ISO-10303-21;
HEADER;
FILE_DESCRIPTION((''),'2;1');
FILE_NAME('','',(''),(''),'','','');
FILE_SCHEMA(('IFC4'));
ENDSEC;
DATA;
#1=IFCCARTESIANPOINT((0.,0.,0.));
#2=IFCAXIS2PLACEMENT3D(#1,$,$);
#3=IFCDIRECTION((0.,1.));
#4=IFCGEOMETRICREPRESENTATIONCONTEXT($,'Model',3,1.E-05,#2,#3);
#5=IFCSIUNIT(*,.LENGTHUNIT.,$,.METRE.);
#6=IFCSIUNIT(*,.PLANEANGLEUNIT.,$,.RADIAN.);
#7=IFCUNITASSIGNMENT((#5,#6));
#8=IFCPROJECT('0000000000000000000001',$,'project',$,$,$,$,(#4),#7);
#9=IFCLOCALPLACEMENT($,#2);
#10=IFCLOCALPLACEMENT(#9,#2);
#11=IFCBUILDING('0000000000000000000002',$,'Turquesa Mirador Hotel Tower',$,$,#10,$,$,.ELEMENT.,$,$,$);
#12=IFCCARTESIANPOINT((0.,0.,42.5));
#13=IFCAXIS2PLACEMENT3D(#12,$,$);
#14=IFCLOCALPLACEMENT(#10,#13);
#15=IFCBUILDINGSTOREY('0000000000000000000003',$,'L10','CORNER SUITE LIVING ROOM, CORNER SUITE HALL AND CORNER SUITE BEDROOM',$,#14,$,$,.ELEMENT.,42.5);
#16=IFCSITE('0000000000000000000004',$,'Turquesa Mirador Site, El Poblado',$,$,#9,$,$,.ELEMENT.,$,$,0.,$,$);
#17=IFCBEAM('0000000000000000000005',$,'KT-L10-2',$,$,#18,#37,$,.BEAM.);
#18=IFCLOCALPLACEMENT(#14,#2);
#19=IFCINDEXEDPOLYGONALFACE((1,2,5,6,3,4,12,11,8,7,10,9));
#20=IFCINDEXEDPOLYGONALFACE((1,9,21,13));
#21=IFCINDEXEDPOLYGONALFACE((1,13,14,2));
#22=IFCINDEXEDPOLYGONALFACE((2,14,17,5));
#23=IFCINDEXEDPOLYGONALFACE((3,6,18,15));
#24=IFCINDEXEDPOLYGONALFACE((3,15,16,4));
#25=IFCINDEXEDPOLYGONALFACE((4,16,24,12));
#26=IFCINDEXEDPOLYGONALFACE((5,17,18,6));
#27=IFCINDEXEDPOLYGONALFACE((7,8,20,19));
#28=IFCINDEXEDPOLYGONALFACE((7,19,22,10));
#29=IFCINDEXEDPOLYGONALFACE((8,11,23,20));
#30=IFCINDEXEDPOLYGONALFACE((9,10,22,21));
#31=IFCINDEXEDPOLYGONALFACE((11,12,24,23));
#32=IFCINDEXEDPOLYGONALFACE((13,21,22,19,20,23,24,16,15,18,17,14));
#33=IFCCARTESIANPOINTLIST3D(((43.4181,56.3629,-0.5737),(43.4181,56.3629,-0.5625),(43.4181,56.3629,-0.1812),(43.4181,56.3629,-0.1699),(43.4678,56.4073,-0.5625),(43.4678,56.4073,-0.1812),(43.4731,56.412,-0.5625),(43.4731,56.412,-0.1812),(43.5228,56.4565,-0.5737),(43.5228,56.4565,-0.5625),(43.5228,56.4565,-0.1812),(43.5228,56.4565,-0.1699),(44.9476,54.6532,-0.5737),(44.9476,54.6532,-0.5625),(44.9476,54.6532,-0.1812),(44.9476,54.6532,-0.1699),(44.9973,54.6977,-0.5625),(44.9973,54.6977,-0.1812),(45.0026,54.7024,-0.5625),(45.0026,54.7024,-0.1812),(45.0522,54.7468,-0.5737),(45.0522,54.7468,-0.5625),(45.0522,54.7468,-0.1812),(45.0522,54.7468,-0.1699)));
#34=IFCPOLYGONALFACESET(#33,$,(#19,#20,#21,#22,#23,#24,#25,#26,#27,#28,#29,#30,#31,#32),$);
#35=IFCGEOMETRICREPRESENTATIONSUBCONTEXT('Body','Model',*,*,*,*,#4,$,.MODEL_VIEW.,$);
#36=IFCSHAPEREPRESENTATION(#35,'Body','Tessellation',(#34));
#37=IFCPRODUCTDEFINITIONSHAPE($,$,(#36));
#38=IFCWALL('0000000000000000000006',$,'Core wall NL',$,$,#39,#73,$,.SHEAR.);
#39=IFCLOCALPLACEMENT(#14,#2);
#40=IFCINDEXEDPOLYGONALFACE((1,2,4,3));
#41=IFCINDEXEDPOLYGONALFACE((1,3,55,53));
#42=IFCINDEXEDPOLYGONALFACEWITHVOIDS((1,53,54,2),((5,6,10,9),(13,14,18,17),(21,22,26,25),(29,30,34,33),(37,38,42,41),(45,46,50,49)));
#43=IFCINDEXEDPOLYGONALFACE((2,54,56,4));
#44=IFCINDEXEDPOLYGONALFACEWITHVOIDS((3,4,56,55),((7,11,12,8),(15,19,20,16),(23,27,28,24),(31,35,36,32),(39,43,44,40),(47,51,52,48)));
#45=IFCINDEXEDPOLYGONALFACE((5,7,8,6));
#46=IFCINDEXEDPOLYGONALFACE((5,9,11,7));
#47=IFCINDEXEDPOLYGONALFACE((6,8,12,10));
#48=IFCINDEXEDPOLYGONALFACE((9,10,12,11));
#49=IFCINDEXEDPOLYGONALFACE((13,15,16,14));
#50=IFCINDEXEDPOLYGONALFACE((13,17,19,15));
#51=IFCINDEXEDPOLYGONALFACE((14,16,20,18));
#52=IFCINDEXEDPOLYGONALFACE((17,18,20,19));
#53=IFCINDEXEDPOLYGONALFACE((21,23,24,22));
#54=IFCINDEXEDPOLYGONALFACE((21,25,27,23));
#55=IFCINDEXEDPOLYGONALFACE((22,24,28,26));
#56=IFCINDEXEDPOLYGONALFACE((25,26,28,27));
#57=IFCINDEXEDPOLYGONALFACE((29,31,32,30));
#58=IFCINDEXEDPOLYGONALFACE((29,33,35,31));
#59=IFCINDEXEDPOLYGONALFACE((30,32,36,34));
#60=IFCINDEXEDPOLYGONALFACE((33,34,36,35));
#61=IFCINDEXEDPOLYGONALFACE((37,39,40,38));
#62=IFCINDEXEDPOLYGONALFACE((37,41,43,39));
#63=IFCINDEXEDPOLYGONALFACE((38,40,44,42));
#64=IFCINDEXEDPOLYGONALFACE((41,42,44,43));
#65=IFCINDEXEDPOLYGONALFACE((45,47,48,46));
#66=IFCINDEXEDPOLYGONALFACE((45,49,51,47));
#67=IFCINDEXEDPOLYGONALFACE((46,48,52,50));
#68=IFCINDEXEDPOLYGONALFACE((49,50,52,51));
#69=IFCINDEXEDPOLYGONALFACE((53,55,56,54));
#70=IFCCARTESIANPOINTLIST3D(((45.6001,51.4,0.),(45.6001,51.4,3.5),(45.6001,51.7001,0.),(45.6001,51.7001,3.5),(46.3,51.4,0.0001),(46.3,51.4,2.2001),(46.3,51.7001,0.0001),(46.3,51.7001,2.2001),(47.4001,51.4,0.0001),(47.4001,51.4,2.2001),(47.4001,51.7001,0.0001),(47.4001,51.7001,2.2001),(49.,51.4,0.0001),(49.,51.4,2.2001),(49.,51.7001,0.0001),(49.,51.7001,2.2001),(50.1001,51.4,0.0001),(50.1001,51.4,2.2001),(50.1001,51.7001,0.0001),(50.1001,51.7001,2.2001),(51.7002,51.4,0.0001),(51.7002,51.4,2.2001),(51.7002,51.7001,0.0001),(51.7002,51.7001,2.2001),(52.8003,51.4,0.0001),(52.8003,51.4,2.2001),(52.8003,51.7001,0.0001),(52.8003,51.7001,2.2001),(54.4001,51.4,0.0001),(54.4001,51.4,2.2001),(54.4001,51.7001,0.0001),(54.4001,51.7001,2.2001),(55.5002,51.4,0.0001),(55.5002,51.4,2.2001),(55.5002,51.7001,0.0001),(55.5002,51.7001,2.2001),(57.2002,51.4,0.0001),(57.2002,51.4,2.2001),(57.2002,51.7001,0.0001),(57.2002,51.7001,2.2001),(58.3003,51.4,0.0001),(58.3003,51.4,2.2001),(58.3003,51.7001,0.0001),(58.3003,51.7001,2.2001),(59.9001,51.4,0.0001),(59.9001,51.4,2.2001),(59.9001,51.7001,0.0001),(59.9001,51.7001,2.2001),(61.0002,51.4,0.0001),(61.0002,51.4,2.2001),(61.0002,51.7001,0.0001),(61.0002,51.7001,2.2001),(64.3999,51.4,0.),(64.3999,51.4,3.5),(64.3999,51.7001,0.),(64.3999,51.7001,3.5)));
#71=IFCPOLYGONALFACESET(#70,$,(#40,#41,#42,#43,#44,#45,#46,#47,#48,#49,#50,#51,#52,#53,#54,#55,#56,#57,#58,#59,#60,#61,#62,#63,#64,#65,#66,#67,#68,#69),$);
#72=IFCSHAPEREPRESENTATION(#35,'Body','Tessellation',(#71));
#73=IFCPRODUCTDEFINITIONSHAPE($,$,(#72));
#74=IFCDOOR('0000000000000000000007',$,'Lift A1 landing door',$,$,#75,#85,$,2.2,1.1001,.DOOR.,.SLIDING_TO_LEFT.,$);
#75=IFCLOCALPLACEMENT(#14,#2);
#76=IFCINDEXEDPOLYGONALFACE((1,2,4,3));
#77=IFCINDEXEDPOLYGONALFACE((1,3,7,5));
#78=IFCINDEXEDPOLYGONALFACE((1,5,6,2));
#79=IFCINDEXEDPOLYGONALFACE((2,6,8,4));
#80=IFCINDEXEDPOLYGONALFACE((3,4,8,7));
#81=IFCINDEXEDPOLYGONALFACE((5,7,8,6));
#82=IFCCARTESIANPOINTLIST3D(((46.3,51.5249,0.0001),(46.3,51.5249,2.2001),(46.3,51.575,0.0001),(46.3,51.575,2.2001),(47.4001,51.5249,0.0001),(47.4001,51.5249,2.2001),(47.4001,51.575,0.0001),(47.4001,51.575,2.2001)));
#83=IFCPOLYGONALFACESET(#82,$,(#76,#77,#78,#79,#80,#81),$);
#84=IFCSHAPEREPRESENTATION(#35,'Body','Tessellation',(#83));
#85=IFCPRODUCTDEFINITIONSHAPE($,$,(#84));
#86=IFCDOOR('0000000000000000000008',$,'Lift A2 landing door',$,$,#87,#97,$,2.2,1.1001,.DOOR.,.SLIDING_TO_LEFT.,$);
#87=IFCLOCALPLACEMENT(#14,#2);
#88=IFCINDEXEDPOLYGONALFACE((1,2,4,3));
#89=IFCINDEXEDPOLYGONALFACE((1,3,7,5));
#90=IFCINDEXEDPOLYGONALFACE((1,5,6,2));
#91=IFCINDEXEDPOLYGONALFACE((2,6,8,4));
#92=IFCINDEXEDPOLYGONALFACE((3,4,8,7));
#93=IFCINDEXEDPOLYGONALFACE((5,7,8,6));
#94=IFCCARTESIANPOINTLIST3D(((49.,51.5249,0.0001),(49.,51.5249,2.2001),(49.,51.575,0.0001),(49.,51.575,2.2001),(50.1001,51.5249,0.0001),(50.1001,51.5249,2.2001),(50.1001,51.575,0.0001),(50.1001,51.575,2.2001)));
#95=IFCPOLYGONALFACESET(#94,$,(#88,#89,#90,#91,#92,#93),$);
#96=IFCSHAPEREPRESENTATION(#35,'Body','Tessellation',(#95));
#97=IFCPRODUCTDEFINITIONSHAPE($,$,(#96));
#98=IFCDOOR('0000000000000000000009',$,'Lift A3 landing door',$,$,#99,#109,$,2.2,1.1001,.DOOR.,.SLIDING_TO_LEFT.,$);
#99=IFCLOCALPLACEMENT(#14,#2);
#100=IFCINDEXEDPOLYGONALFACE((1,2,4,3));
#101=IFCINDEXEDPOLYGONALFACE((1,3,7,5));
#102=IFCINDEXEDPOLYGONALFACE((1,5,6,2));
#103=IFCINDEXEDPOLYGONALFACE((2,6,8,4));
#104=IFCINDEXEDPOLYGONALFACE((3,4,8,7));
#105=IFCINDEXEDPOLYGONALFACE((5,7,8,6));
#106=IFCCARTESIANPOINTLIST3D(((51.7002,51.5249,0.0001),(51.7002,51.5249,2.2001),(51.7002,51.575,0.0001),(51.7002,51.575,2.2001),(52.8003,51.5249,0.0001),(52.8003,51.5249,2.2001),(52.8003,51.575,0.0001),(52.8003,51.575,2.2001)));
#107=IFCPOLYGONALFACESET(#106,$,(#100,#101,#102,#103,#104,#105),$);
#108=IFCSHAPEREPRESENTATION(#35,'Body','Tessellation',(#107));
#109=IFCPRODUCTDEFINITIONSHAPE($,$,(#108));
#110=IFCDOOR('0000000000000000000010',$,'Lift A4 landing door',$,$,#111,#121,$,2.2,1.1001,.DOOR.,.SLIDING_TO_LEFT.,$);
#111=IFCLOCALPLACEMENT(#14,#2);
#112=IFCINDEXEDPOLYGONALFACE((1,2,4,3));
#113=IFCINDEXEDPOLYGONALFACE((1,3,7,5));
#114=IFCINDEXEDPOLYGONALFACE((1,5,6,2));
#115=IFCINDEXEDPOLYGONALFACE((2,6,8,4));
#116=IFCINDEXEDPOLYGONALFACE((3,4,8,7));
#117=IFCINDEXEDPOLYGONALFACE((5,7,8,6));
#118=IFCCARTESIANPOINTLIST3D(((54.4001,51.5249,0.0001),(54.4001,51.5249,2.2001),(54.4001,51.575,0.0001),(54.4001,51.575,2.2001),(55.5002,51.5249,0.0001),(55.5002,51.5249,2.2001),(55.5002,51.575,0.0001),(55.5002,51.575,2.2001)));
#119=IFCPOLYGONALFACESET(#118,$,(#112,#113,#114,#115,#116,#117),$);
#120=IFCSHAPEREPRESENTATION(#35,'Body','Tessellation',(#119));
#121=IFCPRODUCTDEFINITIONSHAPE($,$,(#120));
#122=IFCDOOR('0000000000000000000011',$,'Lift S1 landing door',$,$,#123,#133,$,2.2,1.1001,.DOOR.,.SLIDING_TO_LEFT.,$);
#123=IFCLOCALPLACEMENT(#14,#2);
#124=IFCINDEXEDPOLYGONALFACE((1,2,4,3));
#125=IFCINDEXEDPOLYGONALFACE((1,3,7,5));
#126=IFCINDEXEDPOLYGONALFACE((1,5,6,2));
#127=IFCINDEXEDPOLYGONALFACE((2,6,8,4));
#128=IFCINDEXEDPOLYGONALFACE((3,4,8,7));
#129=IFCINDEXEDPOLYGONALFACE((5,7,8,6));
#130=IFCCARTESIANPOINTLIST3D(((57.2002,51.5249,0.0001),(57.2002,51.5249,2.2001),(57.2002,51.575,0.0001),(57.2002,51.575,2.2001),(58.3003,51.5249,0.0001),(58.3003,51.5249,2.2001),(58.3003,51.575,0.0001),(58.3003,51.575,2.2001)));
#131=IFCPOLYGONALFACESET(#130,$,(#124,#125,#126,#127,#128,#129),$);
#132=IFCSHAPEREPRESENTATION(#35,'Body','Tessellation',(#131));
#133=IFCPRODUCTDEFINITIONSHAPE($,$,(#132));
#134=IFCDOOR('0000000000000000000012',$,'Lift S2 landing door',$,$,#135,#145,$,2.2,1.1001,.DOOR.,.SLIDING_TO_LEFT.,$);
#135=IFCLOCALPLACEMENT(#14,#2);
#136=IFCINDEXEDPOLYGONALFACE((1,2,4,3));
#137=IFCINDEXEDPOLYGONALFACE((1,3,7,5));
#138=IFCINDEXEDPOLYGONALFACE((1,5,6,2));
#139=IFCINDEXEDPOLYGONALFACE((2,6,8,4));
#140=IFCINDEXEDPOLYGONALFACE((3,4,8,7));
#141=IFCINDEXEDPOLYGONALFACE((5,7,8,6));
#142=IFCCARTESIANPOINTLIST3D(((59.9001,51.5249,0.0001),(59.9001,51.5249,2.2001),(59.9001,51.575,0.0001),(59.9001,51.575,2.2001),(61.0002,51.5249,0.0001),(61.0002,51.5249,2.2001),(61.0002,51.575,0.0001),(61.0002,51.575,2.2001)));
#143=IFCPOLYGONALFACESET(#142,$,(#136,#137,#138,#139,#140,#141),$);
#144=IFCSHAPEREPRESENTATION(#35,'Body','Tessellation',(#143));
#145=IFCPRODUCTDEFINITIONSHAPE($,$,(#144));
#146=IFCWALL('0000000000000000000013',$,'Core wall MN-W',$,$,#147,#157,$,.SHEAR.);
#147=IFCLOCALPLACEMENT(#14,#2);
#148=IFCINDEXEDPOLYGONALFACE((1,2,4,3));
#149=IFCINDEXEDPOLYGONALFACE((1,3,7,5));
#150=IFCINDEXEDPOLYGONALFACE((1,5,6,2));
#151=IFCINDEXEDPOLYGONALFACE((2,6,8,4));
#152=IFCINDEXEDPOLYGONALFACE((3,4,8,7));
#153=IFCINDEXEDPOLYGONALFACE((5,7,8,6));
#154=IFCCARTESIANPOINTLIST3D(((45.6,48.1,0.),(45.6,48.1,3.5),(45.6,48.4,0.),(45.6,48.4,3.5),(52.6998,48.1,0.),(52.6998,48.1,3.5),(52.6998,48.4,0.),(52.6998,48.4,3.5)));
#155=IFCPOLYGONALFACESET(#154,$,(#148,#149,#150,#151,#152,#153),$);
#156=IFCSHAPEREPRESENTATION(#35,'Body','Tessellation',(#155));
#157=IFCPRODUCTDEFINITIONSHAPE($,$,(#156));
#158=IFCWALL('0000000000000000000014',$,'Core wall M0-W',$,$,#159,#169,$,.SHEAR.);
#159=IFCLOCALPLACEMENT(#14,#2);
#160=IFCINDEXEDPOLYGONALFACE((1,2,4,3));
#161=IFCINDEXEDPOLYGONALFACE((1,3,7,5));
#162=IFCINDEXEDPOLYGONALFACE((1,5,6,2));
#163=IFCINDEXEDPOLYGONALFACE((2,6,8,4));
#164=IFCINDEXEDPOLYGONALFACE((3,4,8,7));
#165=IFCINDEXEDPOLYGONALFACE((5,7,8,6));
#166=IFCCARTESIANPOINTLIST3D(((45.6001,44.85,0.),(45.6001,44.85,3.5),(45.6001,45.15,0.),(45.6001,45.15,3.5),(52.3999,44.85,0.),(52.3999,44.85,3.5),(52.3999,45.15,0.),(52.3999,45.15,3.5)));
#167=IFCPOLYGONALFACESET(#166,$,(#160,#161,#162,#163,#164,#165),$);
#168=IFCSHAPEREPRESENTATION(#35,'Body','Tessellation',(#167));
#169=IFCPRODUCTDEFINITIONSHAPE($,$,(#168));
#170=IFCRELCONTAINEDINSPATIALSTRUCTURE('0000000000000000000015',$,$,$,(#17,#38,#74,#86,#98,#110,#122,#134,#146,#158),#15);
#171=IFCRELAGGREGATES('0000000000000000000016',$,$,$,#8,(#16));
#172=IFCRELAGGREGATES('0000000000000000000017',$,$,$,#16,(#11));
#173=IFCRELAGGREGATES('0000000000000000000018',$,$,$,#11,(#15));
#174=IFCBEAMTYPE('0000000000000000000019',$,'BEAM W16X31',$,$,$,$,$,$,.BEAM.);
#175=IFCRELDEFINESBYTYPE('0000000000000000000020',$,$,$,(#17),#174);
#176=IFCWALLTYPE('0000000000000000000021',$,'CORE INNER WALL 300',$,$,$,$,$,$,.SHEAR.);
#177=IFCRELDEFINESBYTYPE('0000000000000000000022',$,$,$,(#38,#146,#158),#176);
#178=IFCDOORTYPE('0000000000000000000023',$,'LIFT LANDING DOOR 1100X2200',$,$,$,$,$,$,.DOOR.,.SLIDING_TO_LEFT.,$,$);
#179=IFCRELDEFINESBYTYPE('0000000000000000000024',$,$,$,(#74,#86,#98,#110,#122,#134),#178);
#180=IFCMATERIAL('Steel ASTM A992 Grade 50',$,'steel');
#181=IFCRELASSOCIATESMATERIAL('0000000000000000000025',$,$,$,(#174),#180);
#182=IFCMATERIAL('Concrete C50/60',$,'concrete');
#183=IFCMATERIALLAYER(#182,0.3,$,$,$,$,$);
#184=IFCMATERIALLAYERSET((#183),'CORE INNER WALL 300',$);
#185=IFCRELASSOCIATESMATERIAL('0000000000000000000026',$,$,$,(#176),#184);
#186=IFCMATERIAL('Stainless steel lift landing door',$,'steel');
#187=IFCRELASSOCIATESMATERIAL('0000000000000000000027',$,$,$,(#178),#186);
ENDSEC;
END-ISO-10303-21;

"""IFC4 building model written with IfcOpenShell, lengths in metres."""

from ifc_helpers import new_model, si_unit, direction, frame, frame_2d, origin, origin_2d, place, context, subcontext, project, spatial, rectangle, i_section, extrude, material, layer, layer_set, material_profile, profile_set, type_object, element, fill, save


model = new_model("IFC4")

# Units and contexts
model_context = context("Model", 3, precision=1e-05, world=origin(), true_north=direction((0.0, 1.0)))
body_context = subcontext(model_context, "Body", "Model", "MODEL_VIEW")
ifc_project = project(units=[si_unit("LENGTHUNIT", "METRE"), si_unit("PLANEANGLEUNIT", "RADIAN")], contexts=[model_context])

# Site, building, storey
site_placement = place(None, origin())
site = spatial("IfcSite", under=ifc_project, at=site_placement, Name="Turquesa Mirador Site, El Poblado", CompositionType="ELEMENT", RefElevation=0.0)
building_placement = place(site_placement, origin())
building = spatial("IfcBuilding", under=site, at=building_placement, Name="Turquesa Mirador Hotel Tower", CompositionType="ELEMENT")
storey_placement = place(building_placement, frame((0.0, 0.0, 42.5)))
storey = spatial("IfcBuildingStorey", under=building, at=storey_placement, Name="L10", Description="CORNER SUITE LIVING ROOM, CORNER SUITE HALL AND CORNER SUITE BEDROOM", CompositionType="ELEMENT", Elevation=42.5)

# Beam
ifc_material_1 = material(Name="Steel ASTM A992 Grade 50", Category="steel")
ifc_material_profile = material_profile(ifc_material_1, i_section(OverallWidth=0.1404, OverallDepth=0.4038, WebThickness=0.0071, FlangeThickness=0.0112, at=origin_2d()), Name="W16X31")
ifc_profile_set = profile_set([ifc_material_profile], Name="Steel ASTM A992 Grade 50")
beam_type = type_object("IfcBeamType", Name="BEAM W16X31", PredefinedType="BEAM", material=ifc_profile_set)
beam_placement = place(storey_placement, frame((43.4705, 56.4097, -0.3718), z_axis=(0.666745, -0.745286, 0.0), x_axis=(0.745286, 0.666745, 0.0)))
element("IfcBeam", 1, at=beam_placement, inside=storey, type_object=beam_type, Name="KT-L10-2", PredefinedType="BEAM", context=body_context, shape_type="SweptSolid", body=[
    extrude(i_section(OverallWidth=0.1404, OverallDepth=0.4038, WebThickness=0.0071, FlangeThickness=0.0112, at=origin_2d()), origin(), (0.0, 0.0, 1.0), 2.2939),
])

# Wall, openings, doors
ifc_material_2 = material(Name="Concrete C50/60", Category="concrete")
ifc_layer_1 = layer(ifc_material_2, 0.3)
ifc_layer_set_1 = layer_set([ifc_layer_1], Name="CORE INNER WALL 300")
wall_type_1 = type_object("IfcWallType", Name="CORE INNER WALL 300", PredefinedType="SHEAR", material=ifc_layer_set_1)
wall_1_placement = place(storey_placement, frame((45.6001, 51.55, 0.0), z_axis=(0.0, 0.0, 1.0), x_axis=(1.0, 0.0, 0.0)))
wall_1 = element("IfcWall", 2, at=wall_1_placement, inside=storey, type_object=wall_type_1, Name="Core wall NL", PredefinedType="SHEAR", context=body_context, shape_type="SweptSolid", body=[
    extrude(rectangle(XDim=18.7998, YDim=0.3, at=frame_2d((9.3999, 0.0))), origin(), (0.0, 0.0, 1.0), 3.5),
])
opening_1_placement = place(wall_1_placement, frame((0.7, 0.0, 0.0)))
opening_1 = element("IfcOpeningElement", 3, at=opening_1_placement, cuts=wall_1, PredefinedType="OPENING", context=body_context, shape_type="SweptSolid", body=[
    extrude(rectangle(XDim=1.1001, YDim=2.2, at=frame_2d((0.55, 1.1001))), frame((0.0, 0.1599, 0.0), z_axis=(0.0, -1.0, 0.0), x_axis=(1.0, 0.0, 0.0)), (0.0, 0.0, 1.0), 0.3201),
])
opening_2_placement = place(wall_1_placement, frame((3.3999, 0.0, 0.0)))
opening_2 = element("IfcOpeningElement", 4, at=opening_2_placement, cuts=wall_1, PredefinedType="OPENING", context=body_context, shape_type="SweptSolid", body=[
    extrude(rectangle(XDim=1.1001, YDim=2.2, at=frame_2d((0.55, 1.1001))), frame((0.0, 0.1599, 0.0), z_axis=(0.0, -1.0, 0.0), x_axis=(1.0, 0.0, 0.0)), (0.0, 0.0, 1.0), 0.3201),
])
opening_3_placement = place(wall_1_placement, frame((6.1001, 0.0, 0.0)))
opening_3 = element("IfcOpeningElement", 5, at=opening_3_placement, cuts=wall_1, PredefinedType="OPENING", context=body_context, shape_type="SweptSolid", body=[
    extrude(rectangle(XDim=1.1001, YDim=2.2, at=frame_2d((0.55, 1.1001))), frame((0.0, 0.1599, 0.0), z_axis=(0.0, -1.0, 0.0), x_axis=(1.0, 0.0, 0.0)), (0.0, 0.0, 1.0), 0.3201),
])
opening_4_placement = place(wall_1_placement, frame((8.8, 0.0, 0.0)))
opening_4 = element("IfcOpeningElement", 6, at=opening_4_placement, cuts=wall_1, PredefinedType="OPENING", context=body_context, shape_type="SweptSolid", body=[
    extrude(rectangle(XDim=1.1001, YDim=2.2, at=frame_2d((0.55, 1.1001))), frame((0.0, 0.1599, 0.0), z_axis=(0.0, -1.0, 0.0), x_axis=(1.0, 0.0, 0.0)), (0.0, 0.0, 1.0), 0.3201),
])
opening_5_placement = place(wall_1_placement, frame((11.6001, 0.0, 0.0)))
opening_5 = element("IfcOpeningElement", 7, at=opening_5_placement, cuts=wall_1, PredefinedType="OPENING", context=body_context, shape_type="SweptSolid", body=[
    extrude(rectangle(XDim=1.1001, YDim=2.2, at=frame_2d((0.55, 1.1001))), frame((0.0, 0.1599, 0.0), z_axis=(0.0, -1.0, 0.0), x_axis=(1.0, 0.0, 0.0)), (0.0, 0.0, 1.0), 0.3201),
])
opening_6_placement = place(wall_1_placement, frame((14.3, 0.0, 0.0)))
opening_6 = element("IfcOpeningElement", 8, at=opening_6_placement, cuts=wall_1, PredefinedType="OPENING", context=body_context, shape_type="SweptSolid", body=[
    extrude(rectangle(XDim=1.1001, YDim=2.2, at=frame_2d((0.55, 1.1001))), frame((0.0, 0.1599, 0.0), z_axis=(0.0, -1.0, 0.0), x_axis=(1.0, 0.0, 0.0)), (0.0, 0.0, 1.0), 0.3201),
])
ifc_material_3 = material(Name="Stainless steel lift landing door", Category="steel")
door_type_1 = type_object("IfcDoorType", Name="LIFT LANDING DOOR 1100X2200", OperationType="SLIDING_TO_LEFT", PredefinedType="DOOR", material=ifc_material_3)
door_1_placement = place(opening_1_placement, origin())
door_1 = element("IfcDoor", 9, at=door_1_placement, inside=storey, type_object=door_type_1, Name="Lift A1 landing door", OperationType="SLIDING_TO_LEFT", OverallHeight=2.2, OverallWidth=1.1001, PredefinedType="DOOR", context=body_context, shape_type="SweptSolid", body=[
    extrude(rectangle(XDim=1.1001, YDim=2.2, at=frame_2d((0.55, 1.1001))), frame((0.0, 0.0249, 0.0), z_axis=(0.0, -1.0, 0.0), x_axis=(1.0, 0.0, 0.0)), (0.0, 0.0, 1.0), 0.05),
])
fill(opening_1, door_1)
door_2_placement = place(opening_2_placement, origin())
door_2 = element("IfcDoor", 10, at=door_2_placement, inside=storey, type_object=door_type_1, Name="Lift A2 landing door", OperationType="SLIDING_TO_LEFT", OverallHeight=2.2, OverallWidth=1.1001, PredefinedType="DOOR", context=body_context, shape_type="SweptSolid", body=[
    extrude(rectangle(XDim=1.1001, YDim=2.2, at=frame_2d((0.55, 1.1001))), frame((0.0, 0.0249, 0.0), z_axis=(0.0, -1.0, 0.0), x_axis=(1.0, 0.0, 0.0)), (0.0, 0.0, 1.0), 0.05),
])
fill(opening_2, door_2)
door_3_placement = place(opening_3_placement, origin())
door_3 = element("IfcDoor", 11, at=door_3_placement, inside=storey, type_object=door_type_1, Name="Lift A3 landing door", OperationType="SLIDING_TO_LEFT", OverallHeight=2.2, OverallWidth=1.1001, PredefinedType="DOOR", context=body_context, shape_type="SweptSolid", body=[
    extrude(rectangle(XDim=1.1001, YDim=2.2, at=frame_2d((0.55, 1.1001))), frame((0.0, 0.0249, 0.0), z_axis=(0.0, -1.0, 0.0), x_axis=(1.0, 0.0, 0.0)), (0.0, 0.0, 1.0), 0.05),
])
fill(opening_3, door_3)
door_4_placement = place(opening_4_placement, origin())
door_4 = element("IfcDoor", 12, at=door_4_placement, inside=storey, type_object=door_type_1, Name="Lift A4 landing door", OperationType="SLIDING_TO_LEFT", OverallHeight=2.2, OverallWidth=1.1001, PredefinedType="DOOR", context=body_context, shape_type="SweptSolid", body=[
    extrude(rectangle(XDim=1.1001, YDim=2.2, at=frame_2d((0.55, 1.1001))), frame((0.0, 0.0249, 0.0), z_axis=(0.0, -1.0, 0.0), x_axis=(1.0, 0.0, 0.0)), (0.0, 0.0, 1.0), 0.05),
])
fill(opening_4, door_4)
door_5_placement = place(opening_5_placement, origin())
door_5 = element("IfcDoor", 13, at=door_5_placement, inside=storey, type_object=door_type_1, Name="Lift S1 landing door", OperationType="SLIDING_TO_LEFT", OverallHeight=2.2, OverallWidth=1.1001, PredefinedType="DOOR", context=body_context, shape_type="SweptSolid", body=[
    extrude(rectangle(XDim=1.1001, YDim=2.2, at=frame_2d((0.55, 1.1001))), frame((0.0, 0.0249, 0.0), z_axis=(0.0, -1.0, 0.0), x_axis=(1.0, 0.0, 0.0)), (0.0, 0.0, 1.0), 0.05),
])
fill(opening_5, door_5)
door_6_placement = place(opening_6_placement, origin())
door_6 = element("IfcDoor", 14, at=door_6_placement, inside=storey, type_object=door_type_1, Name="Lift S2 landing door", OperationType="SLIDING_TO_LEFT", OverallHeight=2.2, OverallWidth=1.1001, PredefinedType="DOOR", context=body_context, shape_type="SweptSolid", body=[
    extrude(rectangle(XDim=1.1001, YDim=2.2, at=frame_2d((0.55, 1.1001))), frame((0.0, 0.0249, 0.0), z_axis=(0.0, -1.0, 0.0), x_axis=(1.0, 0.0, 0.0)), (0.0, 0.0, 1.0), 0.05),
])
fill(opening_6, door_6)

# Walls
wall_2_placement = place(storey_placement, frame((45.6001, 48.25, 0.0), z_axis=(0.0, 0.0, 1.0), x_axis=(1.0, 0.0, 0.0)))
element("IfcWall", 15, at=wall_2_placement, inside=storey, type_object=wall_type_1, Name="Core wall MN-W", PredefinedType="SHEAR", context=body_context, shape_type="SweptSolid", body=[
    extrude(rectangle(XDim=7.0999, YDim=0.3, at=frame_2d((3.5498, 0.0))), origin(), (0.0, 0.0, 1.0), 3.5),
])
wall_3_placement = place(storey_placement, frame((45.6001, 45.0, 0.0), z_axis=(0.0, 0.0, 1.0), x_axis=(1.0, 0.0, 0.0)))
element("IfcWall", 16, at=wall_3_placement, inside=storey, type_object=wall_type_1, Name="Core wall M0-W", PredefinedType="SHEAR", context=body_context, shape_type="SweptSolid", body=[
    extrude(rectangle(XDim=6.7998, YDim=0.3, at=frame_2d((3.3999, 0.0))), origin(), (0.0, 0.0, 1.0), 3.5),
])

save(model, "model.ifc")
